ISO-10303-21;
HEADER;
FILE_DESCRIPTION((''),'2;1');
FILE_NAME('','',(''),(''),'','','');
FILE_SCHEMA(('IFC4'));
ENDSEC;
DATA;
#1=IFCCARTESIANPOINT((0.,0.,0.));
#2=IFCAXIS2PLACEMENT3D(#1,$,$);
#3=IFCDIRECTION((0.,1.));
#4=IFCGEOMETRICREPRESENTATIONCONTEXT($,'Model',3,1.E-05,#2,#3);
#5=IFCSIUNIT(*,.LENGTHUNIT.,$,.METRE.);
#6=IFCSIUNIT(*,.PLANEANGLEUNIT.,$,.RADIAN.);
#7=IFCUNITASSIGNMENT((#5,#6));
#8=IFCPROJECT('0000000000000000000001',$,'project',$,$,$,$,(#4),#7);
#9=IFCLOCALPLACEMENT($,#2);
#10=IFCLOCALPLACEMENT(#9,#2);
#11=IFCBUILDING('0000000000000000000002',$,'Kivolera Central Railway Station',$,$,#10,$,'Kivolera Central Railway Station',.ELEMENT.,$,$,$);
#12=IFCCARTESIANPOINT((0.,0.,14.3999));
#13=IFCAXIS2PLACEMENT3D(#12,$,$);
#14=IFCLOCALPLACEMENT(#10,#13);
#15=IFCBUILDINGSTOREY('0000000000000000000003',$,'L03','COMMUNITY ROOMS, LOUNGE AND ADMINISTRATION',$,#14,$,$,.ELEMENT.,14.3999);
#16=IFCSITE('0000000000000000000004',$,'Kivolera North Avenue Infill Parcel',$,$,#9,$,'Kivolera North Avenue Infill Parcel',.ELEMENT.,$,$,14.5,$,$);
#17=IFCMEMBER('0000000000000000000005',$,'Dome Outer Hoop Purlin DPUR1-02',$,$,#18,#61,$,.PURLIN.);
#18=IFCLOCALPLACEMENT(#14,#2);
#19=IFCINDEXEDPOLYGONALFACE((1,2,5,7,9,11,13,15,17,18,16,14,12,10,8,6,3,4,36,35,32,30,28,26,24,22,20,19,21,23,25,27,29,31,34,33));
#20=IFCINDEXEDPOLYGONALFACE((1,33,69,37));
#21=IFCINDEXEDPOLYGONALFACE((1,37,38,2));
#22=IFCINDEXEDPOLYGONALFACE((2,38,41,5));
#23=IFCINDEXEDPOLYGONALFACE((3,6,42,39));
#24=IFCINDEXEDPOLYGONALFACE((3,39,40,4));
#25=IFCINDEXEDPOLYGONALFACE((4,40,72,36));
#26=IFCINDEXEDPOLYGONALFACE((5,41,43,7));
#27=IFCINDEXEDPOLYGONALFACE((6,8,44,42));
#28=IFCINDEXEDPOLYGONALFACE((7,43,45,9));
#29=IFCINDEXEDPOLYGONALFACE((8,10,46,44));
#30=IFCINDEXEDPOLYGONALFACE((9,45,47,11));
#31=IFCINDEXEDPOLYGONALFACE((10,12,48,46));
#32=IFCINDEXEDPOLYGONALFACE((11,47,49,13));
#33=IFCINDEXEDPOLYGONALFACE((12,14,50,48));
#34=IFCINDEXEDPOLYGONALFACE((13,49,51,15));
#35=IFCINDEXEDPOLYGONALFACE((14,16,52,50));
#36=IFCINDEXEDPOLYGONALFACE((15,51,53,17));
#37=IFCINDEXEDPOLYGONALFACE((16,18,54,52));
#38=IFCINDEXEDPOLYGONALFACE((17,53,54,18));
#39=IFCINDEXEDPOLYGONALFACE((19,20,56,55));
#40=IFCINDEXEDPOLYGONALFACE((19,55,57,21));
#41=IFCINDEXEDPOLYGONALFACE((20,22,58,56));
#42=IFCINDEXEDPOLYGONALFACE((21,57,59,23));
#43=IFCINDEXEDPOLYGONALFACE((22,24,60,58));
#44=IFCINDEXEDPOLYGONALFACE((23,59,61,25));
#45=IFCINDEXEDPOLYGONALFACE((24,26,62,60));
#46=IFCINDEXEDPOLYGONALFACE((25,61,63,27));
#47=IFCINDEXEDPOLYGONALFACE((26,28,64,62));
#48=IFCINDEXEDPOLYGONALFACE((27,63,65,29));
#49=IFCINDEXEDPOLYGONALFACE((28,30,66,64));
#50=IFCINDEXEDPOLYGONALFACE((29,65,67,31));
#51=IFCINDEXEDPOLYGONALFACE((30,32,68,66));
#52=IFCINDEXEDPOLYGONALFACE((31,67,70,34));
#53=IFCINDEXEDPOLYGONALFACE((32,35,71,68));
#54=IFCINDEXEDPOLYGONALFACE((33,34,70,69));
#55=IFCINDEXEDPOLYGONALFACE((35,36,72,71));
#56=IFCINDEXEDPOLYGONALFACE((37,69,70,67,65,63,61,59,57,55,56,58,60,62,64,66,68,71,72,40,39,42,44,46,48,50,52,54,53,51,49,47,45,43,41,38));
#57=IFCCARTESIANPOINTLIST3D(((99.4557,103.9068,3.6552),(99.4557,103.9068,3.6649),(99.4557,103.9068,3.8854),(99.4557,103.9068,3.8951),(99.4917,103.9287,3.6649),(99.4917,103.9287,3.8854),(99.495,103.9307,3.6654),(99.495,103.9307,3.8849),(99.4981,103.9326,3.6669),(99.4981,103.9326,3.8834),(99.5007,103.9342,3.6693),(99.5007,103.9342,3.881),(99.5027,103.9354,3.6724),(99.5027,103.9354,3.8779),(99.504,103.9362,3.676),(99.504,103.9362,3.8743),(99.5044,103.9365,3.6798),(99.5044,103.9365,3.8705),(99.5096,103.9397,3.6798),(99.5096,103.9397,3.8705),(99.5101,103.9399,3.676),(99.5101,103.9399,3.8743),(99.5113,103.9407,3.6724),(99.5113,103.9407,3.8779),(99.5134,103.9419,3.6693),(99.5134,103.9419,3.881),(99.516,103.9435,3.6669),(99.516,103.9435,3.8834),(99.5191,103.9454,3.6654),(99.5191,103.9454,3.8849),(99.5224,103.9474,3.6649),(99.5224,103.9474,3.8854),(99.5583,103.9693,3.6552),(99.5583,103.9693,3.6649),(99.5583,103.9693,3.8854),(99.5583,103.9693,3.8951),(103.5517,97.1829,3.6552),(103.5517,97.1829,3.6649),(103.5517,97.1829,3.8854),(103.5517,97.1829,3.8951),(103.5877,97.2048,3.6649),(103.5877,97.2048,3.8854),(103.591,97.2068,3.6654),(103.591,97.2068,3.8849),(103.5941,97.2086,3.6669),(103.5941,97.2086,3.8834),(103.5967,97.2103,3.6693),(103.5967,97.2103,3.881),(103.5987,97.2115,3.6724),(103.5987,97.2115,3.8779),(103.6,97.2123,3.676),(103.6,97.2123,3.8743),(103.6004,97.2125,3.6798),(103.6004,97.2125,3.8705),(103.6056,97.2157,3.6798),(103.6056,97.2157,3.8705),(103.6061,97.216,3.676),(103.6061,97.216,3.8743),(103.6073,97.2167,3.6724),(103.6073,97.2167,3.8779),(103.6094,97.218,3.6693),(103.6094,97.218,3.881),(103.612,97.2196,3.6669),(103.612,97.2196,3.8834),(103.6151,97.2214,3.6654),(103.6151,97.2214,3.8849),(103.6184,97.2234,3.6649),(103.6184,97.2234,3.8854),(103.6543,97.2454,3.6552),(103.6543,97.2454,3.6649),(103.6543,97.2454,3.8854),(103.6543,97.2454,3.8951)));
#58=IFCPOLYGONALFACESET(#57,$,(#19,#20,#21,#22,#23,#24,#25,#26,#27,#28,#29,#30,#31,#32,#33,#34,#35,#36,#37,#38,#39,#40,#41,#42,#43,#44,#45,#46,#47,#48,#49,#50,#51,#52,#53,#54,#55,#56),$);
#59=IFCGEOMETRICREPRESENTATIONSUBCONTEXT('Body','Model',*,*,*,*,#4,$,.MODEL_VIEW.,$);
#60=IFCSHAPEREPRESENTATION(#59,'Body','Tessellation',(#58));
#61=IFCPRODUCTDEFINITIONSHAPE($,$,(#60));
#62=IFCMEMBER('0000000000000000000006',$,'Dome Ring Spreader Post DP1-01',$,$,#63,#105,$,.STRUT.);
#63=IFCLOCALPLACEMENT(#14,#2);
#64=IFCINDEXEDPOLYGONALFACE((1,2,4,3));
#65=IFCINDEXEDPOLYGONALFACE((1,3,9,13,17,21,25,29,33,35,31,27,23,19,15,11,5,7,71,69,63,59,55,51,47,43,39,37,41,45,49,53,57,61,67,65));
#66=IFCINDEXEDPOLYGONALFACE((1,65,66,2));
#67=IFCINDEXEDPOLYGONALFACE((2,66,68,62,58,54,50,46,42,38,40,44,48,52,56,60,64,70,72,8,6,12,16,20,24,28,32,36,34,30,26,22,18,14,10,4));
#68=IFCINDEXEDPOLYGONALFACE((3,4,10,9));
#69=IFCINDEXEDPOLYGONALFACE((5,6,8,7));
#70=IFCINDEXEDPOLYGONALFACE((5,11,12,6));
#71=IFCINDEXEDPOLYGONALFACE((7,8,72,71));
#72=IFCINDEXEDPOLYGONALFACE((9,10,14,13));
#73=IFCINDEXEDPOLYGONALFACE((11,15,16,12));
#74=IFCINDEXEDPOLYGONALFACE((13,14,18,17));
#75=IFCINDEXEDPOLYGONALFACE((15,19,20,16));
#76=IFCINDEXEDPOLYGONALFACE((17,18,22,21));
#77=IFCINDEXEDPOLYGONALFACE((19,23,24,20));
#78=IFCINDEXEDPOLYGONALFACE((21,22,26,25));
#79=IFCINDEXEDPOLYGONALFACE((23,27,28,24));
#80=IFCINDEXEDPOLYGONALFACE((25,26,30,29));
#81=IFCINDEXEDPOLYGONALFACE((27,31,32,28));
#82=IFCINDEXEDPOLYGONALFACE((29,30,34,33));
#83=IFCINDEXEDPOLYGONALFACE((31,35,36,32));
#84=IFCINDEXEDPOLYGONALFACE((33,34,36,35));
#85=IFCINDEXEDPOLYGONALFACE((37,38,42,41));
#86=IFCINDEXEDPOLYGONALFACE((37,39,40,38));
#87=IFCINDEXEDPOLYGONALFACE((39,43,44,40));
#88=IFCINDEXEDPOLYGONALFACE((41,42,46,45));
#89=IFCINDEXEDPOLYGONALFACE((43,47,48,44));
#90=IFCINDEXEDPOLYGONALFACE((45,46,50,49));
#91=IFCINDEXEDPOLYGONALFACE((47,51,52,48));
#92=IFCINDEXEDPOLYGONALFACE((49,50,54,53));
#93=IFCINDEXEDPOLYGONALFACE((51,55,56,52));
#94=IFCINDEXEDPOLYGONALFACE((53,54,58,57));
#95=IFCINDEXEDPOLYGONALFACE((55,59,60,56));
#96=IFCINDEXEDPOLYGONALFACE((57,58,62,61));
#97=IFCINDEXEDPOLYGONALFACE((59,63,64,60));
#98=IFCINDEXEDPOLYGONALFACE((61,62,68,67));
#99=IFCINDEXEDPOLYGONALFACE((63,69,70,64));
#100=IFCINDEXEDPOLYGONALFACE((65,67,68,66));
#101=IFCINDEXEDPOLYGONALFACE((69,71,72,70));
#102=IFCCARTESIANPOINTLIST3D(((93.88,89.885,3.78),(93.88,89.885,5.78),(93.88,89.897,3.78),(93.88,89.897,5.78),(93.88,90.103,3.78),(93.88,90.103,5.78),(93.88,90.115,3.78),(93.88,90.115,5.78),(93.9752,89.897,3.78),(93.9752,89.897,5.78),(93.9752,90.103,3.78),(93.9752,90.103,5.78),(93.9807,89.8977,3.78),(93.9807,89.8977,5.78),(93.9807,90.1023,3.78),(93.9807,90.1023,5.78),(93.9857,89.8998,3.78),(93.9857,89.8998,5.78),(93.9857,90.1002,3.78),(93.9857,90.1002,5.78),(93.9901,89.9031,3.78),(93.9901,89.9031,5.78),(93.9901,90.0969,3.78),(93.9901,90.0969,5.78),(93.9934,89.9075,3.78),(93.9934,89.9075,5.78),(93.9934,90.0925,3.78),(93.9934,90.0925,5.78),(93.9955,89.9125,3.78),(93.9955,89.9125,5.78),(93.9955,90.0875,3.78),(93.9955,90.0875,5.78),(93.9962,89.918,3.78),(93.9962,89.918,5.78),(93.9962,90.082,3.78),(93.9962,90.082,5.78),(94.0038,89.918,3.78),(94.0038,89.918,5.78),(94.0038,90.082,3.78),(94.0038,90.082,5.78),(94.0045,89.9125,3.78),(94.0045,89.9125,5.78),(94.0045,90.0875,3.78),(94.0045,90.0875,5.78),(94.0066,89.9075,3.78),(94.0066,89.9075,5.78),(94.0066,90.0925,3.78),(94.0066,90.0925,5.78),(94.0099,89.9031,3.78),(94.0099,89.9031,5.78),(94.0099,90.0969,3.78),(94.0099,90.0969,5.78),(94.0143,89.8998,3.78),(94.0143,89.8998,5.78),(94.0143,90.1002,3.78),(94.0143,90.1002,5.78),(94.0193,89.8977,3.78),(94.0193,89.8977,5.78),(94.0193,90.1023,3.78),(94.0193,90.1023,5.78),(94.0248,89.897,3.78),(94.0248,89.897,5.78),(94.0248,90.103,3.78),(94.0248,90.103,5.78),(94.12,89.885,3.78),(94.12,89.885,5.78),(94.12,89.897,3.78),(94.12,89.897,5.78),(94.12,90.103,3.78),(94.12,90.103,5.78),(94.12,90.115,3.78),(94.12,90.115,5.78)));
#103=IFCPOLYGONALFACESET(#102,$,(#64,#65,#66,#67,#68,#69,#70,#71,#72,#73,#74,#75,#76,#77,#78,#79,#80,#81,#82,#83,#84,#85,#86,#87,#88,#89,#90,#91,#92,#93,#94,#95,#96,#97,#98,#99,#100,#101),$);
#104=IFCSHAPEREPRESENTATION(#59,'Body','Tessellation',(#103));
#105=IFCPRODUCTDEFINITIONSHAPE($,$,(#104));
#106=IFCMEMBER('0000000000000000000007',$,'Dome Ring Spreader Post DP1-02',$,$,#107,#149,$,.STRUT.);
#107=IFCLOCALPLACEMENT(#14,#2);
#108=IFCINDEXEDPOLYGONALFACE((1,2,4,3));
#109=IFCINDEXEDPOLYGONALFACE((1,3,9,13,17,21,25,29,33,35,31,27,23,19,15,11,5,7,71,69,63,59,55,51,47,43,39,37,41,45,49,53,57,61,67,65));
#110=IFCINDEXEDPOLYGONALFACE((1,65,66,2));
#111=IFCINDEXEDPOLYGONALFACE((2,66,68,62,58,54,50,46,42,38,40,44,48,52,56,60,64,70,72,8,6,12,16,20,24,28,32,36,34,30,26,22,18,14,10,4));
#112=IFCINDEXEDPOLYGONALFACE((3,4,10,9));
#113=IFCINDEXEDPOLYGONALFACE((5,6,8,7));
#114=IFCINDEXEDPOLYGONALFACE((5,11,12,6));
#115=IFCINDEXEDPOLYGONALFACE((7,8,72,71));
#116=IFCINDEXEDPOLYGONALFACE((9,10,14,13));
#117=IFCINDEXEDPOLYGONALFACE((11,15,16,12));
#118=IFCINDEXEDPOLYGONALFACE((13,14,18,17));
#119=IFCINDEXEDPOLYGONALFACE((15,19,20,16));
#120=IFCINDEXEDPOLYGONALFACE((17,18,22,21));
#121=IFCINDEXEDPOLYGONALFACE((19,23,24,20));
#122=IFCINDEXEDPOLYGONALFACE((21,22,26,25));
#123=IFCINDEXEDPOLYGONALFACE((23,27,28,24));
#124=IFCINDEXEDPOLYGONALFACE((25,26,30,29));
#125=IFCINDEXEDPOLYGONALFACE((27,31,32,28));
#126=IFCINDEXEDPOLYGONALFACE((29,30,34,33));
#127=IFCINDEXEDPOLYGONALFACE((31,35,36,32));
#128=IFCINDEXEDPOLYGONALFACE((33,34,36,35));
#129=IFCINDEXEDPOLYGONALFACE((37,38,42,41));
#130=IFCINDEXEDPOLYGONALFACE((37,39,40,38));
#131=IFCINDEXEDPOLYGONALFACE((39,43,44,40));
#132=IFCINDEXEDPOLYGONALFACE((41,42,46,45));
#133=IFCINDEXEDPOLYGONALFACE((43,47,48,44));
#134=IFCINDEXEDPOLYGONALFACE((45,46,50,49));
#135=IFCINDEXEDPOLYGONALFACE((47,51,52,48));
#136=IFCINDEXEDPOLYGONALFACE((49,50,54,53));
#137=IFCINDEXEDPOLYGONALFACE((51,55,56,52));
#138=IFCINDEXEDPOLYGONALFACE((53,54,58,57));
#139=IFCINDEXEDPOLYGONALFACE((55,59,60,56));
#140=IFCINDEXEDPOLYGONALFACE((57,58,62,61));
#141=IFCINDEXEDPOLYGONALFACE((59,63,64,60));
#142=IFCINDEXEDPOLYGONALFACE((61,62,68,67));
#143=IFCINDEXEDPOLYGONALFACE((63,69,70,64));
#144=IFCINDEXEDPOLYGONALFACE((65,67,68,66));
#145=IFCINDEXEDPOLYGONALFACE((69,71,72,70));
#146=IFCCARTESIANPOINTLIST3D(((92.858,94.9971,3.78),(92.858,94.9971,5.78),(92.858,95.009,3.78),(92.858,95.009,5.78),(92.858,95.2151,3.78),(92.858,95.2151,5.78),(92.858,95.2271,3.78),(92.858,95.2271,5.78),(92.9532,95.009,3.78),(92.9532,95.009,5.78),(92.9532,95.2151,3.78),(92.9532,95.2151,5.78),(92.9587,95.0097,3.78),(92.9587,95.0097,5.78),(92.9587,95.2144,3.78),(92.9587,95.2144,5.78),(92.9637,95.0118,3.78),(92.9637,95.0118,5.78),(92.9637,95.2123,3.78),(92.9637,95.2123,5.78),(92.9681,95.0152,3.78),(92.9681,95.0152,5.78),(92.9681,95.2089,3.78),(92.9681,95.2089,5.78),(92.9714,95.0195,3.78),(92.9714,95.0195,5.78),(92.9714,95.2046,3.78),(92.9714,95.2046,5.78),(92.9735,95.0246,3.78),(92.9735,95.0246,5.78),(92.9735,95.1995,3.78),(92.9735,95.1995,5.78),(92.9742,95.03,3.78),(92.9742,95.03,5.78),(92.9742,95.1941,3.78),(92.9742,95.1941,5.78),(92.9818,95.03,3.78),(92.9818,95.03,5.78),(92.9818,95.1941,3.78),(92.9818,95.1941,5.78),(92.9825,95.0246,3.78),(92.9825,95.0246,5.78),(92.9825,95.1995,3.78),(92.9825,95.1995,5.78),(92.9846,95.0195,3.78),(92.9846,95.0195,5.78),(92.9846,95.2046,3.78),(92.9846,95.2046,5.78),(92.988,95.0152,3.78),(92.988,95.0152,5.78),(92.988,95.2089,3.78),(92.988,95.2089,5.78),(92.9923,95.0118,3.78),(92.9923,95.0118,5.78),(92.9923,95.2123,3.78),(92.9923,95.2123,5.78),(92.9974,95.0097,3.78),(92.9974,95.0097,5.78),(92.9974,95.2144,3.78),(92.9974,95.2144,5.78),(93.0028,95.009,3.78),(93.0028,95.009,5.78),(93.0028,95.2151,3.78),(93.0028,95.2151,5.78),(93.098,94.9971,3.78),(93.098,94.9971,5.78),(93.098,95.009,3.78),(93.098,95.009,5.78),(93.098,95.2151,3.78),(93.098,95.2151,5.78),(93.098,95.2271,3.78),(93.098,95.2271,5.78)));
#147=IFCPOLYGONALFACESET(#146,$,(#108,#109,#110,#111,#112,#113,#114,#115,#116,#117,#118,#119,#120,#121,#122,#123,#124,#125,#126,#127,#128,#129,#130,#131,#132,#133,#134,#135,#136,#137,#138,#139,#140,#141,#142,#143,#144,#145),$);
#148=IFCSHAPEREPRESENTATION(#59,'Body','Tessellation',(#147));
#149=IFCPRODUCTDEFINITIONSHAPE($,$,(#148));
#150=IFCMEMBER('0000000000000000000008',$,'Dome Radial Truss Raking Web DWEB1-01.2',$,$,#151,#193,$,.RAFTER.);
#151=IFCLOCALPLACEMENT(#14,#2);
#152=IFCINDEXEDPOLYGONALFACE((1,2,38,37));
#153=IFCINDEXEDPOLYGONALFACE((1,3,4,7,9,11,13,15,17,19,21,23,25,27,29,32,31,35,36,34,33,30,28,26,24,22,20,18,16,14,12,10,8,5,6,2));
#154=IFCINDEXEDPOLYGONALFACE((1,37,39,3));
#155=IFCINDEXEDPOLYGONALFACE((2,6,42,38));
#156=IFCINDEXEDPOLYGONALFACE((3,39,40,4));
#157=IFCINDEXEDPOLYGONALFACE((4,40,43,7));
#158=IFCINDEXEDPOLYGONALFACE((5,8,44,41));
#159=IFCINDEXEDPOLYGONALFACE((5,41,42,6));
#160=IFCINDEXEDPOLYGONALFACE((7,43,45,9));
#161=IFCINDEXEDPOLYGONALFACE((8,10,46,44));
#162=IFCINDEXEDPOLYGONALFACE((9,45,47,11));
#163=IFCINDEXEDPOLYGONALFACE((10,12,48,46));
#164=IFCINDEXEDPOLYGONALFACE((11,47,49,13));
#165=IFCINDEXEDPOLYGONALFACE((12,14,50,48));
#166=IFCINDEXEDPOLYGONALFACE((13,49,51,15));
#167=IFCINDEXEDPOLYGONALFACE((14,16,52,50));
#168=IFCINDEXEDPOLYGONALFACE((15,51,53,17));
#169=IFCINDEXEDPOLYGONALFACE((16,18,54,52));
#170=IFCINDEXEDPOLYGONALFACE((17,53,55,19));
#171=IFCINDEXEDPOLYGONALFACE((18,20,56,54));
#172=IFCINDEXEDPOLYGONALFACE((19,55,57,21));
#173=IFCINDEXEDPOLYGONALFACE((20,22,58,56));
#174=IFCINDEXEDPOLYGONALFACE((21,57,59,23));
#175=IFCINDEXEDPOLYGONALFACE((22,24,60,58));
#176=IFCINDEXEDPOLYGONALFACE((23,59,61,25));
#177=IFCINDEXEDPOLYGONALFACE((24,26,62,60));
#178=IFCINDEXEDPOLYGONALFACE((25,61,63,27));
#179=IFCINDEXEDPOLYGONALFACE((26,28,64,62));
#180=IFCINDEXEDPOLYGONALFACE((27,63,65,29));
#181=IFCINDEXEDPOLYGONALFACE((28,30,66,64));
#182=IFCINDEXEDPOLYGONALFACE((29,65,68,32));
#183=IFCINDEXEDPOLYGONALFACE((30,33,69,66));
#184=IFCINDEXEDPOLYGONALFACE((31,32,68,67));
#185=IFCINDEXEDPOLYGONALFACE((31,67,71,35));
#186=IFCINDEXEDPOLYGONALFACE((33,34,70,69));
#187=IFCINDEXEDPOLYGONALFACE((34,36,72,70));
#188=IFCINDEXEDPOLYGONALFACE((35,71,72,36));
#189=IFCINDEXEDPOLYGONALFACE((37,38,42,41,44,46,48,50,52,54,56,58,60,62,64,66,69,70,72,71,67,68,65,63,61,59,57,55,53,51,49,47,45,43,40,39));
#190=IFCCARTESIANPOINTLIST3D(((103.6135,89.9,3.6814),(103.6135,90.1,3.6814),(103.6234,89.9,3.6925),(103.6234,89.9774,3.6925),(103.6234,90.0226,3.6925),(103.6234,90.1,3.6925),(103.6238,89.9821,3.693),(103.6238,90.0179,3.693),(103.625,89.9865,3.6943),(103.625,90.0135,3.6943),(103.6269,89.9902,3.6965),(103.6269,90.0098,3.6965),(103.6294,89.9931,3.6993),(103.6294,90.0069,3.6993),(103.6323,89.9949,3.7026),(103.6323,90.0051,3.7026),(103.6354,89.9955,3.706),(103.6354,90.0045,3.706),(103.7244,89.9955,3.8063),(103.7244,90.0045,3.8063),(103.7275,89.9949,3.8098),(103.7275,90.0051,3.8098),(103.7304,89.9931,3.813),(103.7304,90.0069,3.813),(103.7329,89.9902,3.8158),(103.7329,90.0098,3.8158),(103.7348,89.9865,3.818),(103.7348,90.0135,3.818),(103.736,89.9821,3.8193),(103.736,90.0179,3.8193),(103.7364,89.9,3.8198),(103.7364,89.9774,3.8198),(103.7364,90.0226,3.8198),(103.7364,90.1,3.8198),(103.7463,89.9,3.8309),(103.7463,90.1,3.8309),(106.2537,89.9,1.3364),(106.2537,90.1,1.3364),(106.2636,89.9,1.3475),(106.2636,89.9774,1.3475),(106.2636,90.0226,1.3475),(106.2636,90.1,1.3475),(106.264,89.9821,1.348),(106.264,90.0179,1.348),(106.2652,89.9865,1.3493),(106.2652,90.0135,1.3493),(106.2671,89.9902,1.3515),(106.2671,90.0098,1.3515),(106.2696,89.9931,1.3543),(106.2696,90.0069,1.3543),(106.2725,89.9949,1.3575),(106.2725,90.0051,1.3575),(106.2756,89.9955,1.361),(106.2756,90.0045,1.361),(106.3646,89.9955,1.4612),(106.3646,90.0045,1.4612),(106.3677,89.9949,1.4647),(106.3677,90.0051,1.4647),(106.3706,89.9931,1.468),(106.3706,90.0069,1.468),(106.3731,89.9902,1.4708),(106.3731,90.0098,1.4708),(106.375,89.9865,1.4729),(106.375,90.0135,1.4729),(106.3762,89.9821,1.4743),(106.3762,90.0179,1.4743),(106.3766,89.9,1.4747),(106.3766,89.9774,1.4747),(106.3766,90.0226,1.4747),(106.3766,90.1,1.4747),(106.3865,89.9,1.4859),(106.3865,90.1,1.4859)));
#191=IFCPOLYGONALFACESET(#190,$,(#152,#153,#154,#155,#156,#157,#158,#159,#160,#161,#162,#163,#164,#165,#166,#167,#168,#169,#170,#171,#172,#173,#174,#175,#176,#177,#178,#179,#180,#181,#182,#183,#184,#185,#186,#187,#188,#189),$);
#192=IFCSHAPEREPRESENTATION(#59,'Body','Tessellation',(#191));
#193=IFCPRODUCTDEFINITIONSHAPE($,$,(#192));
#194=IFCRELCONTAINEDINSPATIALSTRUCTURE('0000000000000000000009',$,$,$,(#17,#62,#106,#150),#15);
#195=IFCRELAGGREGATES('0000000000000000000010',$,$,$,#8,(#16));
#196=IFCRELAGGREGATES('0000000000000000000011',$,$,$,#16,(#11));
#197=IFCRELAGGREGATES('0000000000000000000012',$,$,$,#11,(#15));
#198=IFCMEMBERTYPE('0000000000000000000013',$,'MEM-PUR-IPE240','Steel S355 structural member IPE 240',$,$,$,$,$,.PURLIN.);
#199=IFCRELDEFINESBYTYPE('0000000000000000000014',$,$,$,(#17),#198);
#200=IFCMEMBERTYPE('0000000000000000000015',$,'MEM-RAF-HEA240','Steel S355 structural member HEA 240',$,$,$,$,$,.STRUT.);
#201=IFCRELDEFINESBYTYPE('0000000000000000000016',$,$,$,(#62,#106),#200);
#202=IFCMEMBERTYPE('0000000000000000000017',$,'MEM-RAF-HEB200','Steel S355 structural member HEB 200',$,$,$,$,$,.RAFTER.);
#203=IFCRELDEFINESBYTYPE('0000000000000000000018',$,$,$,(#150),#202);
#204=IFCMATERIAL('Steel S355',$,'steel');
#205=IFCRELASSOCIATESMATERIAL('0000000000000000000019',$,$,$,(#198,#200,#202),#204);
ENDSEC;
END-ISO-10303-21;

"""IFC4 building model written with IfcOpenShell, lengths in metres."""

from ifc_helpers import new_model, si_unit, direction, frame, origin, origin_2d, place, context, subcontext, project, spatial, i_section, extrude, material, material_profile, profile_set, type_object, element, save


model = new_model("IFC4")

# Units and contexts
model_context = context("Model", 3, precision=1e-05, world=origin(), true_north=direction((0.0, 1.0)))
body_context = subcontext(model_context, "Body", "Model", "MODEL_VIEW")
ifc_project = project(units=[si_unit("LENGTHUNIT", "METRE"), si_unit("PLANEANGLEUNIT", "RADIAN")], contexts=[model_context])

# Site, building, storey
site_placement = place(None, origin())
site = spatial("IfcSite", under=ifc_project, at=site_placement, Name="Kivolera North Avenue Infill Parcel", LongName="Kivolera North Avenue Infill Parcel", CompositionType="ELEMENT", RefElevation=14.5)
building_placement = place(site_placement, origin())
building = spatial("IfcBuilding", under=site, at=building_placement, Name="Kivolera Central Railway Station", LongName="Kivolera Central Railway Station", CompositionType="ELEMENT")
storey_placement = place(building_placement, frame((0.0, 0.0, 14.3999)))
storey = spatial("IfcBuildingStorey", under=building, at=storey_placement, Name="L03", Description="COMMUNITY ROOMS, LOUNGE AND ADMINISTRATION", CompositionType="ELEMENT", Elevation=14.3999)

# Shared definitions
ifc_material_1 = material(Name="Steel S355", Category="steel")

# Members
ifc_material_profile_1 = material_profile(ifc_material_1, i_section(OverallWidth=0.1201, OverallDepth=0.24, WebThickness=0.0061, FlangeThickness=0.0098, FilletRadius=0.0149, at=origin_2d()), Name="IPE 240")
ifc_profile_set_1 = profile_set([ifc_material_profile_1], Name="Steel S355")
member_type_1 = type_object("IfcMemberType", Name="MEM-PUR-IPE240", Description="Steel S355 structural member IPE 240", PredefinedType="PURLIN", material=ifc_profile_set_1)
member_1_placement = place(storey_placement, frame((103.603, 97.2141, 3.7751), z_axis=(-0.520239, 0.854021, 0.0), x_axis=(-0.854021, -0.520239, 0.0)))
element("IfcMember", 1, at=member_1_placement, inside=storey, type_object=member_type_1, Name="Dome Outer Hoop Purlin DPUR1-02", PredefinedType="PURLIN", context=body_context, shape_type="SweptSolid", body=[
    extrude(i_section(OverallWidth=0.1201, OverallDepth=0.24, WebThickness=0.0061, FlangeThickness=0.0098, FilletRadius=0.0149, at=origin_2d()), origin(), (0.0, 0.0, 1.0), 7.8733),
])
ifc_material_profile_2 = material_profile(ifc_material_1, i_section(OverallWidth=0.24, OverallDepth=0.23, WebThickness=0.0076, FlangeThickness=0.012, FilletRadius=0.021, at=origin_2d()), Name="HEA 240")
ifc_profile_set_2 = profile_set([ifc_material_profile_2], Name="Steel S355")
member_type_2 = type_object("IfcMemberType", Name="MEM-RAF-HEA240", Description="Steel S355 structural member HEA 240", PredefinedType="STRUT", material=ifc_profile_set_2)
for number, where, z_axis, x_axis, name in (
    (2, (94.0, 90.0, 3.78), (0.0, 0.0, 1.0), (1.0, 0.0, 0.0), "Dome Ring Spreader Post DP1-01"),
    (3, (92.978, 95.1121, 3.78), (0.0, 0.0, 1.0), (1.0, 0.0, 0.0), "Dome Ring Spreader Post DP1-02"),
):
    element("IfcMember", number, at=place(storey_placement, frame(where, z_axis=z_axis, x_axis=x_axis)), inside=storey, type_object=member_type_2, Name=name, PredefinedType="STRUT", context=body_context, shape_type="SweptSolid", body=[
        extrude(i_section(OverallWidth=0.24, OverallDepth=0.23, WebThickness=0.0076, FlangeThickness=0.012, FilletRadius=0.021, at=origin_2d()), origin(), (0.0, 0.0, 1.0), 2.0),
    ])
ifc_material_profile_3 = material_profile(ifc_material_1, i_section(OverallWidth=0.2, OverallDepth=0.2, WebThickness=0.009, FlangeThickness=0.0149, FilletRadius=0.0181, at=origin_2d()), Name="HEB 200")
ifc_profile_set_3 = profile_set([ifc_material_profile_3], Name="Steel S355")
member_type_3 = type_object("IfcMemberType", Name="MEM-RAF-HEB200", Description="Steel S355 structural member HEB 200", PredefinedType="RAFTER", material=ifc_profile_set_3)
member_2_placement = place(storey_placement, frame((106.3201, 90.0, 1.4111), z_axis=(-0.747665, 0.0, 0.664076), x_axis=(0.0, -1.0, 0.0)))
element("IfcMember", 4, at=member_2_placement, inside=storey, type_object=member_type_3, Name="Dome Radial Truss Raking Web DWEB1-01.2", PredefinedType="RAFTER", context=body_context, shape_type="SweptSolid", body=[
    extrude(i_section(OverallWidth=0.2, OverallDepth=0.2, WebThickness=0.009, FlangeThickness=0.0149, FilletRadius=0.0181, at=origin_2d()), origin(), (0.0, 0.0, 1.0), 3.5312),
])

save(model, "model.ifc")
